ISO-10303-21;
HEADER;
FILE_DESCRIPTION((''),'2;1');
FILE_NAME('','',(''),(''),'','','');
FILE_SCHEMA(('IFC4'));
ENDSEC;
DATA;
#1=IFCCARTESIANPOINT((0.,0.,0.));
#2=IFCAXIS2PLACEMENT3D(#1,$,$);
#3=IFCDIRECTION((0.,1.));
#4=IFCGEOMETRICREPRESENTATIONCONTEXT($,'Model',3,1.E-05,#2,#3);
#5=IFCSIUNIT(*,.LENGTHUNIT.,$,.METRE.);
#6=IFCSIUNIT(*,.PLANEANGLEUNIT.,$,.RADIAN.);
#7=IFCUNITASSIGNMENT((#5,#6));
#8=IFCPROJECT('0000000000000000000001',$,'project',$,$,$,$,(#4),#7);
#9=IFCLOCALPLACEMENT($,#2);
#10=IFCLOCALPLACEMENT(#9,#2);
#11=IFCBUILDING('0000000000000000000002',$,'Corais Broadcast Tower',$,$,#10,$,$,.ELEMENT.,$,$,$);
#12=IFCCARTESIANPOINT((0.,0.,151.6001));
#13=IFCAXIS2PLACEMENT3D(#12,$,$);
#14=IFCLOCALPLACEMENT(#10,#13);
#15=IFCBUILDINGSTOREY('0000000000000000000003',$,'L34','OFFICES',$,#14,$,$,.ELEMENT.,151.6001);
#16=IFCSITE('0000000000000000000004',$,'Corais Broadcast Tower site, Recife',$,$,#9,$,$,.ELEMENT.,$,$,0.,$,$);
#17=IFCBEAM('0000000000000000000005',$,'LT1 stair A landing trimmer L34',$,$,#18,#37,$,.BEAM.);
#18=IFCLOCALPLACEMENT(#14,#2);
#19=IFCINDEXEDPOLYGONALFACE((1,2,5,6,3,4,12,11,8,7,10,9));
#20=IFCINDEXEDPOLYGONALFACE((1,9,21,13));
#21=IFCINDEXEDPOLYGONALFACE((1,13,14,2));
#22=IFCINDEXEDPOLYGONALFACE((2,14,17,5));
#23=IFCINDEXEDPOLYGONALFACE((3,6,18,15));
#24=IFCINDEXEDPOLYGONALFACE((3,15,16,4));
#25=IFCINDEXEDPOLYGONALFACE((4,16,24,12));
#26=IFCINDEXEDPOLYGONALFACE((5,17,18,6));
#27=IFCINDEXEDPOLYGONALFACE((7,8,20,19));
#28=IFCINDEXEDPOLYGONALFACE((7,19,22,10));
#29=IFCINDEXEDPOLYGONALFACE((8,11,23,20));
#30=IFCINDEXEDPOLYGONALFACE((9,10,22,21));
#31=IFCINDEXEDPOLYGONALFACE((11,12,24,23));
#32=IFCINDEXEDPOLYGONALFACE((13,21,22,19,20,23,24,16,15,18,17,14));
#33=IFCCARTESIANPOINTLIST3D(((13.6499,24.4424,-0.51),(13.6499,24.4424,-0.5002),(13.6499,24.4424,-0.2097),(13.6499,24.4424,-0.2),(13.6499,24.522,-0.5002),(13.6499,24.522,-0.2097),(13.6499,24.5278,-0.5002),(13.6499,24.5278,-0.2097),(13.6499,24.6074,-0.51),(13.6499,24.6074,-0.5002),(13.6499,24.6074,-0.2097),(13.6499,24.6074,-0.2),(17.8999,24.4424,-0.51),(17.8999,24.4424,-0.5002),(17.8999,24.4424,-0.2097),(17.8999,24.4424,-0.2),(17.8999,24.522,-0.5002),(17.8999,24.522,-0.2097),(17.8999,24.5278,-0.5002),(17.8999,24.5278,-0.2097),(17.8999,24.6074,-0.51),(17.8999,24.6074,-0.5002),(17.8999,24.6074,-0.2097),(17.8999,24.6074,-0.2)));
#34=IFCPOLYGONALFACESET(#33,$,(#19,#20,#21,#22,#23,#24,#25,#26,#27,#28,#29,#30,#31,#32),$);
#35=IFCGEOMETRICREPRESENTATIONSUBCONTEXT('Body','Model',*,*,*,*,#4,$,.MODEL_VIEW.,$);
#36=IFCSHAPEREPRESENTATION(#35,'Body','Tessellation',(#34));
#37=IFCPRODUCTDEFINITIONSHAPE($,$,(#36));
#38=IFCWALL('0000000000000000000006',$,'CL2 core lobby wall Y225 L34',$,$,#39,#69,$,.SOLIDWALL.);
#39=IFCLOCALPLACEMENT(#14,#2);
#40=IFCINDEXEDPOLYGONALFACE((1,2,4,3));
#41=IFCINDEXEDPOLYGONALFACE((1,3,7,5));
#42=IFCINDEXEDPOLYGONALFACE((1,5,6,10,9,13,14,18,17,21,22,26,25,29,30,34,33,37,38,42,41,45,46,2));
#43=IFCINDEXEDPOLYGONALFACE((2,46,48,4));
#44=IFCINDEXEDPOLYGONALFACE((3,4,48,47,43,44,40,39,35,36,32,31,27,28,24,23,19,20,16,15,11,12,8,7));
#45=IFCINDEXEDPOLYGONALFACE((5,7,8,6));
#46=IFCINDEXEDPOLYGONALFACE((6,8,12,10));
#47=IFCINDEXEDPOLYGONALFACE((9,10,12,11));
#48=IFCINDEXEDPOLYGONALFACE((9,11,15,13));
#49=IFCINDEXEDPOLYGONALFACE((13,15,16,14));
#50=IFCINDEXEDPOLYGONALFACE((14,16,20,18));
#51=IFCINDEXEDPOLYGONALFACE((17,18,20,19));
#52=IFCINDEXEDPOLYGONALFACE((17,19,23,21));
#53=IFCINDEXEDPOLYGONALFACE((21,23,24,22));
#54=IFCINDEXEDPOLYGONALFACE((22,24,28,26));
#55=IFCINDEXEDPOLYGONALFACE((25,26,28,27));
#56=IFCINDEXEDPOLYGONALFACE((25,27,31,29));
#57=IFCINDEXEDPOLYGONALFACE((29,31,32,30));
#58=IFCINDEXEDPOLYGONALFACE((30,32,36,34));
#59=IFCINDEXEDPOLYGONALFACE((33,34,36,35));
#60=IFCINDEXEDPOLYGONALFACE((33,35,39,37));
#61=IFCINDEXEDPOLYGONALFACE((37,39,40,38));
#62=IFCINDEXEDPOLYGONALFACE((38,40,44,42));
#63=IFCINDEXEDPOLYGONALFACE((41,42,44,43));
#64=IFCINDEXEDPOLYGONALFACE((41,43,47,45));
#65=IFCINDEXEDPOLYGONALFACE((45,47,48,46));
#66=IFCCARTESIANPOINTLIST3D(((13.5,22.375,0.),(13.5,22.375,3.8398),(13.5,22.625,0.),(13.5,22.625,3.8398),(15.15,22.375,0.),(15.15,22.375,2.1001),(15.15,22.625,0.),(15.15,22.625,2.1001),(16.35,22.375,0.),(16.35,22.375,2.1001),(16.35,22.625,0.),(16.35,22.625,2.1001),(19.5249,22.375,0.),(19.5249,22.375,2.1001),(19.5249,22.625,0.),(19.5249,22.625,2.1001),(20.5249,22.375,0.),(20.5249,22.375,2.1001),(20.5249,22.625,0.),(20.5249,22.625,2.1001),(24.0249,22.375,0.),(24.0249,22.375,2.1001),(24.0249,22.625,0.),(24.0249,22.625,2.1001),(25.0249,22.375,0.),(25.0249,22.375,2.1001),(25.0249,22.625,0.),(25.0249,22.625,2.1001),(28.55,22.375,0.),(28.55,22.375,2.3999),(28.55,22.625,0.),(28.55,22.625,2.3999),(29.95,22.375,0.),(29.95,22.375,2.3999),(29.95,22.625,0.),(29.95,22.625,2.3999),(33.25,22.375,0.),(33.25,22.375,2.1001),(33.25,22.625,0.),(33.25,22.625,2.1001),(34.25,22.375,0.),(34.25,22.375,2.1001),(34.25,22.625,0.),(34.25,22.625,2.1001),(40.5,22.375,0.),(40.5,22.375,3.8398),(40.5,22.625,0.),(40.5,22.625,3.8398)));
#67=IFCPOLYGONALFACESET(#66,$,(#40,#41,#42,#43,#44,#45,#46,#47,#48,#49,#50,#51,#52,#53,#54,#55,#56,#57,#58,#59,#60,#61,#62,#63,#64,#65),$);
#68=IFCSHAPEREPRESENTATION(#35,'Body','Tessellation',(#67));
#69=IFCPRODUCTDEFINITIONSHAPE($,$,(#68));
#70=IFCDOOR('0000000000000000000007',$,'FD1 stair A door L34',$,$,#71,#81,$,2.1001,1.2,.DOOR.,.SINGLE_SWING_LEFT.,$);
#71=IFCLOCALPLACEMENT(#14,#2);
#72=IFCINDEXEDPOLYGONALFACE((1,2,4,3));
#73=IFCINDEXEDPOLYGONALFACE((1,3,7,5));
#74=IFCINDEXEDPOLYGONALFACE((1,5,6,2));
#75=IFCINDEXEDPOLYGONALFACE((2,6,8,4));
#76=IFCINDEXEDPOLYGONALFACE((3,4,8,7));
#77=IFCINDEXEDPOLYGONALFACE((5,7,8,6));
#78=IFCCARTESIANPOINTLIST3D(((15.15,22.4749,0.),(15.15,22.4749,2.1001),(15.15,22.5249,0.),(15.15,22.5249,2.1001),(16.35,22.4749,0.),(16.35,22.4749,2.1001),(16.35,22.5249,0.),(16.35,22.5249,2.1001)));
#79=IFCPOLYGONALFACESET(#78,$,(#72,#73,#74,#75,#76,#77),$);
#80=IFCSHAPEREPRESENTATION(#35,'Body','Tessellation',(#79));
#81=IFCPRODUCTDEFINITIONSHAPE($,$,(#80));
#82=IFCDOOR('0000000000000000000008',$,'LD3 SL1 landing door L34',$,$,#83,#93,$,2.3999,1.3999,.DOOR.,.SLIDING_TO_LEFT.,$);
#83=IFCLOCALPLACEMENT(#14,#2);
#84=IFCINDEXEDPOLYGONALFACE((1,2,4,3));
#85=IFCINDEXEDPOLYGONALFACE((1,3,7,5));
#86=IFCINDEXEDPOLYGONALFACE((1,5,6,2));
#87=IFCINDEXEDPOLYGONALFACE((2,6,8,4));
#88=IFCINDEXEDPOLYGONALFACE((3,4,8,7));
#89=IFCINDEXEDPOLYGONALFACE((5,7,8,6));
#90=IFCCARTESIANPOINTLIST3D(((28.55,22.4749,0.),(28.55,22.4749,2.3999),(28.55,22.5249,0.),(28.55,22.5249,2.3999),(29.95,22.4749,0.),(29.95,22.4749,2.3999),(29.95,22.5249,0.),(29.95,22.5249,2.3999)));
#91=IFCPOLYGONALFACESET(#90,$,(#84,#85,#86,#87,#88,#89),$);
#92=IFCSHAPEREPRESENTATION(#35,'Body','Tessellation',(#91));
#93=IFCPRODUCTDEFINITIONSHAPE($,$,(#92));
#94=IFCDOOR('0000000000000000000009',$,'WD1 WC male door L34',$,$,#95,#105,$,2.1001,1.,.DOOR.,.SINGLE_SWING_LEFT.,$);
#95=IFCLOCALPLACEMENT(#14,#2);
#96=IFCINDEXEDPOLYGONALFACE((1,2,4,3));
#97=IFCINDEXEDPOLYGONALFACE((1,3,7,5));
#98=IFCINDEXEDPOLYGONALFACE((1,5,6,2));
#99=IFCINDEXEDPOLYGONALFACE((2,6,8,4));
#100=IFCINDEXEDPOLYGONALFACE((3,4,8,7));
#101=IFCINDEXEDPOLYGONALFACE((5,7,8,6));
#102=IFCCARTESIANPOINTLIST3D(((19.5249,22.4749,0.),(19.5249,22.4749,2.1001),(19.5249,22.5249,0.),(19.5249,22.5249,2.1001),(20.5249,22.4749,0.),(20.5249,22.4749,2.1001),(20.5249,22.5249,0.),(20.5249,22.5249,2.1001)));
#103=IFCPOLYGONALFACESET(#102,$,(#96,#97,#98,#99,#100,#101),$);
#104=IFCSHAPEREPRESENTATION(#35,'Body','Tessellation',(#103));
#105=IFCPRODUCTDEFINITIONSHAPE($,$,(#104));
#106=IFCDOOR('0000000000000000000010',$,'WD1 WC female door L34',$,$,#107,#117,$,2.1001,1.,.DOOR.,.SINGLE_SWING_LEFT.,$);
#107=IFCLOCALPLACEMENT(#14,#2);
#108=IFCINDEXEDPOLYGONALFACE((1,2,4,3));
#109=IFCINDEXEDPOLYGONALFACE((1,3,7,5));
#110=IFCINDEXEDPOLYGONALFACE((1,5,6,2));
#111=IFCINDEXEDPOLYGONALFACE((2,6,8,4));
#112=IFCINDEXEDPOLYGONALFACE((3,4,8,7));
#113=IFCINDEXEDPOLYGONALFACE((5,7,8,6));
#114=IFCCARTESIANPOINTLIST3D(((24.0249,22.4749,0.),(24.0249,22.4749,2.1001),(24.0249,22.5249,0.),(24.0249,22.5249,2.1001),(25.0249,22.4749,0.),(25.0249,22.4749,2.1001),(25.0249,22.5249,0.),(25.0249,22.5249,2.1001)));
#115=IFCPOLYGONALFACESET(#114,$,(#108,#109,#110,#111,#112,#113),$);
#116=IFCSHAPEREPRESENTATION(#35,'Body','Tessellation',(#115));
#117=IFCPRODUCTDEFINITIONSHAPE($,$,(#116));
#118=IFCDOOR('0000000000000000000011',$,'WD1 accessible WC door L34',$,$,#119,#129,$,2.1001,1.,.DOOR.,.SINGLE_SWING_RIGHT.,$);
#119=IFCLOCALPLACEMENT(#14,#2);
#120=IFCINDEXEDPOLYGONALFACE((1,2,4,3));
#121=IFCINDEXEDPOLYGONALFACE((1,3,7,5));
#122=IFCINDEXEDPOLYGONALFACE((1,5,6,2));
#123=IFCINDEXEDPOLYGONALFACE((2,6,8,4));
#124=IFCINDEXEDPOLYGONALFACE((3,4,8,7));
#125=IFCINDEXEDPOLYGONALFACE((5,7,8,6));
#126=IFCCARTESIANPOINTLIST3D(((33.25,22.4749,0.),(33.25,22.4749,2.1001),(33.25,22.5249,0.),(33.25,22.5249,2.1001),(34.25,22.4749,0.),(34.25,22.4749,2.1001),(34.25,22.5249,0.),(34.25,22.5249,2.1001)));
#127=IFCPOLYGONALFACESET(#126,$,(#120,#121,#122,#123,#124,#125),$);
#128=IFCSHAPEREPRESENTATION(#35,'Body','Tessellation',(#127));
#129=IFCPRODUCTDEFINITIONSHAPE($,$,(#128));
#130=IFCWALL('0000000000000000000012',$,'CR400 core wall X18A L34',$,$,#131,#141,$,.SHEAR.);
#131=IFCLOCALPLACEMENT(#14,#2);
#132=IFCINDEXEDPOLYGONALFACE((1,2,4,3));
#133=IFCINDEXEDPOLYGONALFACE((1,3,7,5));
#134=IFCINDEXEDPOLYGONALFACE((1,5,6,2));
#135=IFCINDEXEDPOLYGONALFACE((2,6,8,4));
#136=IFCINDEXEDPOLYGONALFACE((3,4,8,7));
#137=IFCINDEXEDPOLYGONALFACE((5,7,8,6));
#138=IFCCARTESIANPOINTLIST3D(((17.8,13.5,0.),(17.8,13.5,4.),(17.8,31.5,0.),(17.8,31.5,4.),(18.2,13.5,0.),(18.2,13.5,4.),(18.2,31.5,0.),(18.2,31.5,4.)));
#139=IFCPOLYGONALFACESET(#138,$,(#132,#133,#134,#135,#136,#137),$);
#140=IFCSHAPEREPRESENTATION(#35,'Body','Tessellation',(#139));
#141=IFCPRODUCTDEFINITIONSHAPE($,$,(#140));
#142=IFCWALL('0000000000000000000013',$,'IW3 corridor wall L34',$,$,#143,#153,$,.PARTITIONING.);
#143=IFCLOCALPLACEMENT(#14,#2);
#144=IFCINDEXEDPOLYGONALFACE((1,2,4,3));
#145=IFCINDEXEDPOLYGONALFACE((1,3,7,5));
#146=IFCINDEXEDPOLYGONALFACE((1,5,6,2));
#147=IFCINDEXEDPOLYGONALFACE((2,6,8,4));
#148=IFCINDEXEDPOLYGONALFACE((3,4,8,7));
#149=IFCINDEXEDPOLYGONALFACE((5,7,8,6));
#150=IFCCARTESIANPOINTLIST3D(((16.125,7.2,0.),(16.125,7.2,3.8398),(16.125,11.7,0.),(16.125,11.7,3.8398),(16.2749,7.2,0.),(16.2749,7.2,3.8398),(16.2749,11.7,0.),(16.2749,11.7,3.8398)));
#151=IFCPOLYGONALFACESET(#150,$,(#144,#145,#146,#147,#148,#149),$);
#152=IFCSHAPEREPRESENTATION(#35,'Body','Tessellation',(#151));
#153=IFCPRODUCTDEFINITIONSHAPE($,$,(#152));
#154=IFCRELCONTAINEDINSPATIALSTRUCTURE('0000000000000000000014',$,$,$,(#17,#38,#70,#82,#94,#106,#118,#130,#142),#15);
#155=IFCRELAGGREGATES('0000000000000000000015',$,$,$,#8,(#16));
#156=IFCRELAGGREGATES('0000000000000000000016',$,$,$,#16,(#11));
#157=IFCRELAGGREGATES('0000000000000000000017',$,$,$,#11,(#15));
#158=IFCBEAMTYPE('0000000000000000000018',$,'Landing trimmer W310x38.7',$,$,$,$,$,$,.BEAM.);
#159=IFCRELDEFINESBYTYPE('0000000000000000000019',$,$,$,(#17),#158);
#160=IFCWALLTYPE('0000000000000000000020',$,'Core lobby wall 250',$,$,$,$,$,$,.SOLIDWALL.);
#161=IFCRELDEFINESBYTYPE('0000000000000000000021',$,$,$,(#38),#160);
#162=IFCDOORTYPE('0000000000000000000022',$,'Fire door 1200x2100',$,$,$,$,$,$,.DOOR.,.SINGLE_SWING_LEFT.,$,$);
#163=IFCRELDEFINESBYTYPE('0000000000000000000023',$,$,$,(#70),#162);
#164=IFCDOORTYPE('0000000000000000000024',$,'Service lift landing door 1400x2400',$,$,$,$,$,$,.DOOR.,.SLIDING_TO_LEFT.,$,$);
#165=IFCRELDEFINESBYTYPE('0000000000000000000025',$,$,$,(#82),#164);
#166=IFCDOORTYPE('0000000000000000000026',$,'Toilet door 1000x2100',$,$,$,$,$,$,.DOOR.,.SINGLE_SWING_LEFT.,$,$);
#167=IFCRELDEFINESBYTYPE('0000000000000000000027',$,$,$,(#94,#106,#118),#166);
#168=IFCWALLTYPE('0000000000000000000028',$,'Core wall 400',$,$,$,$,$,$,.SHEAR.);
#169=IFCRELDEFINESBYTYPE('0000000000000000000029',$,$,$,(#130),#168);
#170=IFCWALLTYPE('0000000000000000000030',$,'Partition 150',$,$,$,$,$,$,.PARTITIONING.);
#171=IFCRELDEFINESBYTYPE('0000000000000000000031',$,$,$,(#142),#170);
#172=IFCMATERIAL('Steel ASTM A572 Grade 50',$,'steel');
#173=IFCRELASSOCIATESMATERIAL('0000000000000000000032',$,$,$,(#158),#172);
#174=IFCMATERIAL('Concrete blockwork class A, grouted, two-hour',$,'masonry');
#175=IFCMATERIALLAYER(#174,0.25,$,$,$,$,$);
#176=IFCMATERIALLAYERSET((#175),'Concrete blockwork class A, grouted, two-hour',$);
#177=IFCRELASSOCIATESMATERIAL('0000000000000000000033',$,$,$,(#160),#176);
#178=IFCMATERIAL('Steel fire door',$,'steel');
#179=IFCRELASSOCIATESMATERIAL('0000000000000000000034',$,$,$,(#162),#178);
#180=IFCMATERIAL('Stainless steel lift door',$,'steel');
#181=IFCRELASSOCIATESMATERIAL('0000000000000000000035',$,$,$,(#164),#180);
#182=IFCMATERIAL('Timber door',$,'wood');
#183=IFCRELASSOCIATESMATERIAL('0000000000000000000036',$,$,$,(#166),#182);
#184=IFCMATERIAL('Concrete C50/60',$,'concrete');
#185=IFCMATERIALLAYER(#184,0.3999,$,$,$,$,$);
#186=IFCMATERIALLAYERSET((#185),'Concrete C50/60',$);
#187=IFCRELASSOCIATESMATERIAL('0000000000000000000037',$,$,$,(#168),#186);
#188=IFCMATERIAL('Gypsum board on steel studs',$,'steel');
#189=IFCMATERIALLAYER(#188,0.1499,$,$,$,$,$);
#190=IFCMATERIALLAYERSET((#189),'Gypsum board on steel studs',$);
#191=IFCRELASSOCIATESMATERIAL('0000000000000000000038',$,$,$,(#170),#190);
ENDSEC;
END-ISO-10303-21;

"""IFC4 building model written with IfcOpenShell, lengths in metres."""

from ifc_helpers import new_model, si_unit, direction, frame, frame_2d, origin, origin_2d, place, context, subcontext, project, spatial, rectangle, i_section, extrude, material, layer, layer_set, material_profile, profile_set, type_object, element, fill, save


model = new_model("IFC4")

# Units and contexts
model_context = context("Model", 3, precision=1e-05, world=origin(), true_north=direction((0.0, 1.0)))
body_context = subcontext(model_context, "Body", "Model", "MODEL_VIEW")
ifc_project = project(units=[si_unit("LENGTHUNIT", "METRE"), si_unit("PLANEANGLEUNIT", "RADIAN")], contexts=[model_context])

# Site, building, storey
site_placement = place(None, origin())
site = spatial("IfcSite", under=ifc_project, at=site_placement, Name="Corais Broadcast Tower site, Recife", CompositionType="ELEMENT", RefElevation=0.0)
building_placement = place(site_placement, origin())
building = spatial("IfcBuilding", under=site, at=building_placement, Name="Corais Broadcast Tower", CompositionType="ELEMENT")
storey_placement = place(building_placement, frame((0.0, 0.0, 151.6001)))
storey = spatial("IfcBuildingStorey", under=building, at=storey_placement, Name="L34", Description="OFFICES", CompositionType="ELEMENT", Elevation=151.6001)

# Beam
ifc_material_1 = material(Name="Steel ASTM A572 Grade 50", Category="steel")
ifc_material_profile = material_profile(ifc_material_1, i_section(OverallWidth=0.165, OverallDepth=0.3101, WebThickness=0.0059, FlangeThickness=0.0098, at=origin_2d()), Name="W310x38.7")
ifc_profile_set = profile_set([ifc_material_profile], Name="Steel ASTM A572 Grade 50")
beam_type = type_object("IfcBeamType", Name="Landing trimmer W310x38.7", PredefinedType="BEAM", material=ifc_profile_set)
beam_placement = place(storey_placement, frame((13.6499, 24.5249, -0.355), z_axis=(1.0, 0.0, 0.0), x_axis=(0.0, 1.0, 0.0)))
element("IfcBeam", 1, at=beam_placement, inside=storey, type_object=beam_type, Name="LT1 stair A landing trimmer L34", PredefinedType="BEAM", context=body_context, shape_type="SweptSolid", body=[
    extrude(i_section(OverallWidth=0.165, OverallDepth=0.3101, WebThickness=0.0059, FlangeThickness=0.0098, at=origin_2d()), origin(), (0.0, 0.0, 1.0), 4.25),
])

# Wall, openings, doors
ifc_material_2 = material(Name="Concrete blockwork class A, grouted, two-hour", Category="masonry")
ifc_layer_1 = layer(ifc_material_2, 0.25)
ifc_layer_set_1 = layer_set([ifc_layer_1], Name="Concrete blockwork class A, grouted, two-hour")
wall_type_1 = type_object("IfcWallType", Name="Core lobby wall 250", PredefinedType="SOLIDWALL", material=ifc_layer_set_1)
wall_1_placement = place(storey_placement, frame((13.5, 22.5, 0.0), z_axis=(0.0, 0.0, 1.0), x_axis=(1.0, 0.0, 0.0)))
wall_1 = element("IfcWall", 2, at=wall_1_placement, inside=storey, type_object=wall_type_1, Name="CL2 core lobby wall Y225 L34", PredefinedType="SOLIDWALL", context=body_context, shape_type="SweptSolid", body=[
    extrude(rectangle(XDim=27.0, YDim=0.25, at=frame_2d((13.5, 0.0))), origin(), (0.0, 0.0, 1.0), 3.8398),
])
opening_1_placement = place(wall_1_placement, frame((1.6499, 0.0, 0.0)))
opening_1 = element("IfcOpeningElement", 3, at=opening_1_placement, cuts=wall_1, PredefinedType="OPENING", context=body_context, shape_type="SweptSolid", body=[
    extrude(rectangle(XDim=1.2, YDim=2.1001, at=frame_2d((0.6001, 1.05))), frame((0.0, 0.135, 0.0), z_axis=(0.0, -1.0, 0.0), x_axis=(1.0, 0.0, 0.0)), (0.0, 0.0, 1.0), 0.27),
])
opening_2_placement = place(wall_1_placement, frame((6.0249, 0.0, 0.0)))
opening_2 = element("IfcOpeningElement", 4, at=opening_2_placement, cuts=wall_1, PredefinedType="OPENING", context=body_context, shape_type="SweptSolid", body=[
    extrude(rectangle(XDim=1.0, YDim=2.1001, at=frame_2d((0.5, 1.05))), frame((0.0, 0.135, 0.0), z_axis=(0.0, -1.0, 0.0), x_axis=(1.0, 0.0, 0.0)), (0.0, 0.0, 1.0), 0.27),
])
opening_3_placement = place(wall_1_placement, frame((10.5249, 0.0, 0.0)))
opening_3 = element("IfcOpeningElement", 5, at=opening_3_placement, cuts=wall_1, PredefinedType="OPENING", context=body_context, shape_type="SweptSolid", body=[
    extrude(rectangle(XDim=1.0, YDim=2.1001, at=frame_2d((0.5, 1.05))), frame((0.0, 0.135, 0.0), z_axis=(0.0, -1.0, 0.0), x_axis=(1.0, 0.0, 0.0)), (0.0, 0.0, 1.0), 0.27),
])
opening_4_placement = place(wall_1_placement, frame((19.75, 0.0, 0.0)))
opening_4 = element("IfcOpeningElement", 6, at=opening_4_placement, cuts=wall_1, PredefinedType="OPENING", context=body_context, shape_type="SweptSolid", body=[
    extrude(rectangle(XDim=1.0, YDim=2.1001, at=frame_2d((0.5, 1.05))), frame((0.0, 0.135, 0.0), z_axis=(0.0, -1.0, 0.0), x_axis=(1.0, 0.0, 0.0)), (0.0, 0.0, 1.0), 0.27),
])
opening_5_placement = place(wall_1_placement, frame((15.05, 0.0, 0.0)))
opening_5 = element("IfcOpeningElement", 7, at=opening_5_placement, cuts=wall_1, PredefinedType="OPENING", context=body_context, shape_type="SweptSolid", body=[
    extrude(rectangle(XDim=1.3999, YDim=2.3999, at=frame_2d((0.7, 1.2))), frame((0.0, 0.135, 0.0), z_axis=(0.0, -1.0, 0.0), x_axis=(1.0, 0.0, 0.0)), (0.0, 0.0, 1.0), 0.27),
])
ifc_material_3 = material(Name="Steel fire door", Category="steel")
door_type_1 = type_object("IfcDoorType", Name="Fire door 1200x2100", OperationType="SINGLE_SWING_LEFT", PredefinedType="DOOR", material=ifc_material_3)
door_1_placement = place(opening_1_placement, origin())
door_1 = element("IfcDoor", 8, at=door_1_placement, inside=storey, type_object=door_type_1, Name="FD1 stair A door L34", OperationType="SINGLE_SWING_LEFT", OverallHeight=2.1001, OverallWidth=1.2, PredefinedType="DOOR", context=body_context, shape_type="SweptSolid", body=[
    extrude(rectangle(XDim=1.2, YDim=2.1001, at=frame_2d((0.6001, 1.05))), frame((0.0, 0.0249, 0.0), z_axis=(0.0, -1.0, 0.0), x_axis=(1.0, 0.0, 0.0)), (0.0, 0.0, 1.0), 0.05),
])
fill(opening_1, door_1)
ifc_material_4 = material(Name="Stainless steel lift door", Category="steel")
door_type_2 = type_object("IfcDoorType", Name="Service lift landing door 1400x2400", OperationType="SLIDING_TO_LEFT", PredefinedType="DOOR", material=ifc_material_4)
door_2_placement = place(opening_5_placement, origin())
door_2 = element("IfcDoor", 9, at=door_2_placement, inside=storey, type_object=door_type_2, Name="LD3 SL1 landing door L34", OperationType="SLIDING_TO_LEFT", OverallHeight=2.3999, OverallWidth=1.3999, PredefinedType="DOOR", context=body_context, shape_type="SweptSolid", body=[
    extrude(rectangle(XDim=1.3999, YDim=2.3999, at=frame_2d((0.7, 1.2))), frame((0.0, 0.0249, 0.0), z_axis=(0.0, -1.0, 0.0), x_axis=(1.0, 0.0, 0.0)), (0.0, 0.0, 1.0), 0.05),
])
fill(opening_5, door_2)
ifc_material_5 = material(Name="Timber door", Category="wood")
door_type_3 = type_object("IfcDoorType", Name="Toilet door 1000x2100", OperationType="SINGLE_SWING_LEFT", PredefinedType="DOOR", material=ifc_material_5)
door_3_placement = place(opening_2_placement, origin())
door_3 = element("IfcDoor", 10, at=door_3_placement, inside=storey, type_object=door_type_3, Name="WD1 WC male door L34", OperationType="SINGLE_SWING_LEFT", OverallHeight=2.1001, OverallWidth=1.0, PredefinedType="DOOR", context=body_context, shape_type="SweptSolid", body=[
    extrude(rectangle(XDim=1.0, YDim=2.1001, at=frame_2d((0.5, 1.05))), frame((0.0, 0.0249, 0.0), z_axis=(0.0, -1.0, 0.0), x_axis=(1.0, 0.0, 0.0)), (0.0, 0.0, 1.0), 0.05),
])
fill(opening_2, door_3)
door_4_placement = place(opening_3_placement, origin())
door_4 = element("IfcDoor", 11, at=door_4_placement, inside=storey, type_object=door_type_3, Name="WD1 WC female door L34", OperationType="SINGLE_SWING_LEFT", OverallHeight=2.1001, OverallWidth=1.0, PredefinedType="DOOR", context=body_context, shape_type="SweptSolid", body=[
    extrude(rectangle(XDim=1.0, YDim=2.1001, at=frame_2d((0.5, 1.05))), frame((0.0, 0.0249, 0.0), z_axis=(0.0, -1.0, 0.0), x_axis=(1.0, 0.0, 0.0)), (0.0, 0.0, 1.0), 0.05),
])
fill(opening_3, door_4)
door_5_placement = place(opening_4_placement, origin())
door_5 = element("IfcDoor", 12, at=door_5_placement, inside=storey, type_object=door_type_3, Name="WD1 accessible WC door L34", OperationType="SINGLE_SWING_RIGHT", OverallHeight=2.1001, OverallWidth=1.0, PredefinedType="DOOR", context=body_context, shape_type="SweptSolid", body=[
    extrude(rectangle(XDim=1.0, YDim=2.1001, at=frame_2d((0.5, 1.05))), frame((0.0, 0.0249, 0.0), z_axis=(0.0, -1.0, 0.0), x_axis=(1.0, 0.0, 0.0)), (0.0, 0.0, 1.0), 0.05),
])
fill(opening_4, door_5)

# Walls
ifc_material_6 = material(Name="Concrete C50/60", Category="concrete")
ifc_layer_2 = layer(ifc_material_6, 0.3999)
ifc_layer_set_2 = layer_set([ifc_layer_2], Name="Concrete C50/60")
wall_type_2 = type_object("IfcWallType", Name="Core wall 400", PredefinedType="SHEAR", material=ifc_layer_set_2)
wall_2_placement = place(storey_placement, frame((18.0, 13.5, 0.0), z_axis=(0.0, 0.0, 1.0), x_axis=(0.0, 1.0, 0.0)))
element("IfcWall", 13, at=wall_2_placement, inside=storey, type_object=wall_type_2, Name="CR400 core wall X18A L34", PredefinedType="SHEAR", context=body_context, shape_type="SweptSolid", body=[
    extrude(rectangle(XDim=18.0, YDim=0.3999, at=frame_2d((9.0, 0.0))), origin(), (0.0, 0.0, 1.0), 4.0),
])
ifc_material_7 = material(Name="Gypsum board on steel studs", Category="steel")
ifc_layer_3 = layer(ifc_material_7, 0.1499)
ifc_layer_set_3 = layer_set([ifc_layer_3], Name="Gypsum board on steel studs")
wall_type_3 = type_object("IfcWallType", Name="Partition 150", PredefinedType="PARTITIONING", material=ifc_layer_set_3)
wall_3_placement = place(storey_placement, frame((16.2, 11.7, 0.0), z_axis=(0.0, 0.0, 1.0), x_axis=(0.0, -1.0, 0.0)))
element("IfcWall", 14, at=wall_3_placement, inside=storey, type_object=wall_type_3, Name="IW3 corridor wall L34", PredefinedType="PARTITIONING", context=body_context, shape_type="SweptSolid", body=[
    extrude(rectangle(XDim=4.5, YDim=0.1499, at=frame_2d((2.25, 0.0))), origin(), (0.0, 0.0, 1.0), 3.8398),
])

save(model, "model.ifc")
